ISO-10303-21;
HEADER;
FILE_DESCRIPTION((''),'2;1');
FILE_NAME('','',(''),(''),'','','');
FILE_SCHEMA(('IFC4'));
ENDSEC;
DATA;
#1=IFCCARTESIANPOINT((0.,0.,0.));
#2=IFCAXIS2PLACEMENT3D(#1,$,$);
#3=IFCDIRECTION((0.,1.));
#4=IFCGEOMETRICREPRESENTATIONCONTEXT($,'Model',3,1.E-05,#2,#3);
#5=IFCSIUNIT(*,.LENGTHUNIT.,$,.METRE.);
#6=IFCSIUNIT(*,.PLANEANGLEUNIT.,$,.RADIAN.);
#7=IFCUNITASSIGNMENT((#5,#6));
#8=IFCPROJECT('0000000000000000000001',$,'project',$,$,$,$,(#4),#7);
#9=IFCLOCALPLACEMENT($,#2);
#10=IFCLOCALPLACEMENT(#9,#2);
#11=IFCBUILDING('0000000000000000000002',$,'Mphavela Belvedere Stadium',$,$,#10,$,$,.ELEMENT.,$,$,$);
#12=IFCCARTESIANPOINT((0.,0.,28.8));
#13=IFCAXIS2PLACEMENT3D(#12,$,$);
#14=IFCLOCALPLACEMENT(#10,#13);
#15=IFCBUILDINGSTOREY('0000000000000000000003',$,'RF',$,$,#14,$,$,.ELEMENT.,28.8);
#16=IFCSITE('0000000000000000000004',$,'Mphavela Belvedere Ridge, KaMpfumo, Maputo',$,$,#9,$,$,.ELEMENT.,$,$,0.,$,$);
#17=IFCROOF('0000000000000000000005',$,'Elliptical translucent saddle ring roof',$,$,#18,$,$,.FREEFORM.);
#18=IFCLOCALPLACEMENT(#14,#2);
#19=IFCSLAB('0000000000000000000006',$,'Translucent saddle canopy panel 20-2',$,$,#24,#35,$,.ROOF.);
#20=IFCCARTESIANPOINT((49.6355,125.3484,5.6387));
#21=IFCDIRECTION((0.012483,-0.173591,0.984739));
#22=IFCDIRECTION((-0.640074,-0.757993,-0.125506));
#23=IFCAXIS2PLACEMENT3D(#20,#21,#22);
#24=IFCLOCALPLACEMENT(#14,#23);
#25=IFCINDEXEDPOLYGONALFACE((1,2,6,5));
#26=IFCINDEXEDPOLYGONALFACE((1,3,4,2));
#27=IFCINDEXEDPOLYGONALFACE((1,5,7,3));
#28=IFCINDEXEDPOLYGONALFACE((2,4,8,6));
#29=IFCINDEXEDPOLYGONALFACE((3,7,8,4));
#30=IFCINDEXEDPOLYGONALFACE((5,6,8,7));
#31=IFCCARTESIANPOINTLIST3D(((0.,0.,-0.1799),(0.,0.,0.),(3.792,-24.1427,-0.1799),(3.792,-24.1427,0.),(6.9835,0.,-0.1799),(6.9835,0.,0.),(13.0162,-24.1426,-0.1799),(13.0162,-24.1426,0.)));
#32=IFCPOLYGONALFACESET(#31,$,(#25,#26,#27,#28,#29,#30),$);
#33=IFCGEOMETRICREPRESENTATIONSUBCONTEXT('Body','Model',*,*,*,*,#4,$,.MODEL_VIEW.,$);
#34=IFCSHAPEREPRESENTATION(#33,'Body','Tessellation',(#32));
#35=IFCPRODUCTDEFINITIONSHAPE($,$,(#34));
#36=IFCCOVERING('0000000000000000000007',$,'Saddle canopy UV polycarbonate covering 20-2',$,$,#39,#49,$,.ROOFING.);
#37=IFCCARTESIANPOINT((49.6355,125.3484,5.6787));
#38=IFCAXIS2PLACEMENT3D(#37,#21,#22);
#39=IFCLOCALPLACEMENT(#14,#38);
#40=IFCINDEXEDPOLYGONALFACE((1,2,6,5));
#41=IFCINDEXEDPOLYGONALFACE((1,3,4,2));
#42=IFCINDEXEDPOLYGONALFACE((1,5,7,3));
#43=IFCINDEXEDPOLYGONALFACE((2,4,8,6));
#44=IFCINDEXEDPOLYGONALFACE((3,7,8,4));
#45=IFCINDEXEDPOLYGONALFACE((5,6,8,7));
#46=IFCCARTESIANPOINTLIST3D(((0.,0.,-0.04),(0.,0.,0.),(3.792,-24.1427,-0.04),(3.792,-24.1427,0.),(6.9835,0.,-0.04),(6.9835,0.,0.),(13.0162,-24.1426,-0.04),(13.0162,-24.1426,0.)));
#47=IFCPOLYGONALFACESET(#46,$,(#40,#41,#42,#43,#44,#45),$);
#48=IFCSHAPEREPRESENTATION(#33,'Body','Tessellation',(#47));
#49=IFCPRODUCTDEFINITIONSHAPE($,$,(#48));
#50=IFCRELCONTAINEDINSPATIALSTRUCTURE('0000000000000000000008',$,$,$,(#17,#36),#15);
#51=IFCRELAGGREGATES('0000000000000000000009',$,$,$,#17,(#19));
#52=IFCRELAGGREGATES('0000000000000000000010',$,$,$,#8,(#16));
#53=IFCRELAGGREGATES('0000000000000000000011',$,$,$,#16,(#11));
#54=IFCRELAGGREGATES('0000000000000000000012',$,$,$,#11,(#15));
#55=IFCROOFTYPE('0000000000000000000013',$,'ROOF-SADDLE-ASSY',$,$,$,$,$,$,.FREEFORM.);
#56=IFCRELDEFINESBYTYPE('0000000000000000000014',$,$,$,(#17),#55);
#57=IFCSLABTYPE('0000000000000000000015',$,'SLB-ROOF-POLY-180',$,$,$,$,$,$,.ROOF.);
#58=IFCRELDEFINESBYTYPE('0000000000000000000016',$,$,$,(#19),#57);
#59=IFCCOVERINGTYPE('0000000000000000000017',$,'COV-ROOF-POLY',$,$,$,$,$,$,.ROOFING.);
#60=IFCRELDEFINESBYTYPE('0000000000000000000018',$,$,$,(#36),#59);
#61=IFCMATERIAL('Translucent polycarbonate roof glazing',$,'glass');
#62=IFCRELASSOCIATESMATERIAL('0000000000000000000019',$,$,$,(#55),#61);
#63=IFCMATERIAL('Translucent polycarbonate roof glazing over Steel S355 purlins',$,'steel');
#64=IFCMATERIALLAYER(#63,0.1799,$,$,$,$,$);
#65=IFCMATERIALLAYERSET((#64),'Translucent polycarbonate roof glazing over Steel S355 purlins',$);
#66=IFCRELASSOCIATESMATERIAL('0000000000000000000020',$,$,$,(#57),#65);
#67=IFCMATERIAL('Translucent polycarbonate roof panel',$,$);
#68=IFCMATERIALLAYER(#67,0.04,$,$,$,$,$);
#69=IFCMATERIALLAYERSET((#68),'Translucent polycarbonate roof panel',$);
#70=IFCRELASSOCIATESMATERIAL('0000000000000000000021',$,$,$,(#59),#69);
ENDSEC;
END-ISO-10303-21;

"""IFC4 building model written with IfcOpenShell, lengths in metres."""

from ifc_helpers import new_model, si_unit, direction, frame, origin, place, context, subcontext, project, spatial, polyline, outline, extrude, material, layer, layer_set, type_object, element, aggregate, save


model = new_model("IFC4")

# Units and contexts
model_context = context("Model", 3, precision=1e-05, world=origin(), true_north=direction((0.0, 1.0)))
body_context = subcontext(model_context, "Body", "Model", "MODEL_VIEW")
ifc_project = project(units=[si_unit("LENGTHUNIT", "METRE"), si_unit("PLANEANGLEUNIT", "RADIAN")], contexts=[model_context])

# Site, building, storey
site_placement = place(None, origin())
site = spatial("IfcSite", under=ifc_project, at=site_placement, Name="Mphavela Belvedere Ridge, KaMpfumo, Maputo", CompositionType="ELEMENT", RefElevation=0.0)
building_placement = place(site_placement, origin())
building = spatial("IfcBuilding", under=site, at=building_placement, Name="Mphavela Belvedere Stadium", CompositionType="ELEMENT")
storey_placement = place(building_placement, frame((0.0, 0.0, 28.8)))
storey = spatial("IfcBuildingStorey", under=building, at=storey_placement, Name="RF", CompositionType="ELEMENT", Elevation=28.8)

# Roof, slab
ifc_material_1 = material(Name="Translucent polycarbonate roof glazing", Category="glass")
roof_type = type_object("IfcRoofType", Name="ROOF-SADDLE-ASSY", PredefinedType="FREEFORM", material=ifc_material_1)
roof_placement = place(storey_placement, origin())
roof = element("IfcRoof", 1, at=roof_placement, inside=storey, type_object=roof_type, Name="Elliptical translucent saddle ring roof", PredefinedType="FREEFORM")
ifc_material_2 = material(Name="Translucent polycarbonate roof glazing over Steel S355 purlins", Category="steel")
ifc_layer_1 = layer(ifc_material_2, 0.1799)
ifc_layer_set_1 = layer_set([ifc_layer_1], Name="Translucent polycarbonate roof glazing over Steel S355 purlins")
slab_type = type_object("IfcSlabType", Name="SLB-ROOF-POLY-180", PredefinedType="ROOF", material=ifc_layer_set_1)
slab_placement = place(storey_placement, frame((49.6355, 125.3484, 5.6387), z_axis=(0.012483, -0.173591, 0.984739), x_axis=(-0.640074, -0.757993, -0.125506)))
slab = element("IfcSlab", 2, at=slab_placement, type_object=slab_type, Name="Translucent saddle canopy panel 20-2", PredefinedType="ROOF", context=body_context, shape_type="SweptSolid", body=[
    extrude(outline(polyline([(0.0, 0.0), (6.9835, 0.0), (13.0162, -24.1426), (3.792, -24.1427), (0.0, 0.0)])), origin(), (0.0, 0.0, -1.0), 0.1799),
])
aggregate(roof, [slab])

# Covering
ifc_material_3 = material(Name="Translucent polycarbonate roof panel")
ifc_layer_2 = layer(ifc_material_3, 0.04)
ifc_layer_set_2 = layer_set([ifc_layer_2], Name="Translucent polycarbonate roof panel")
covering_type = type_object("IfcCoveringType", Name="COV-ROOF-POLY", PredefinedType="ROOFING", material=ifc_layer_set_2)
covering_placement = place(storey_placement, frame((49.6355, 125.3484, 5.6787), z_axis=(0.012483, -0.173591, 0.984739), x_axis=(-0.640074, -0.757993, -0.125506)))
element("IfcCovering", 3, at=covering_placement, inside=storey, type_object=covering_type, Name="Saddle canopy UV polycarbonate covering 20-2", PredefinedType="ROOFING", context=body_context, shape_type="SweptSolid", body=[
    extrude(outline(polyline([(0.0, 0.0), (6.9835, 0.0), (13.0162, -24.1426), (3.792, -24.1427), (0.0, 0.0)])), origin(), (0.0, 0.0, -1.0), 0.04),
])

save(model, "model.ifc")
